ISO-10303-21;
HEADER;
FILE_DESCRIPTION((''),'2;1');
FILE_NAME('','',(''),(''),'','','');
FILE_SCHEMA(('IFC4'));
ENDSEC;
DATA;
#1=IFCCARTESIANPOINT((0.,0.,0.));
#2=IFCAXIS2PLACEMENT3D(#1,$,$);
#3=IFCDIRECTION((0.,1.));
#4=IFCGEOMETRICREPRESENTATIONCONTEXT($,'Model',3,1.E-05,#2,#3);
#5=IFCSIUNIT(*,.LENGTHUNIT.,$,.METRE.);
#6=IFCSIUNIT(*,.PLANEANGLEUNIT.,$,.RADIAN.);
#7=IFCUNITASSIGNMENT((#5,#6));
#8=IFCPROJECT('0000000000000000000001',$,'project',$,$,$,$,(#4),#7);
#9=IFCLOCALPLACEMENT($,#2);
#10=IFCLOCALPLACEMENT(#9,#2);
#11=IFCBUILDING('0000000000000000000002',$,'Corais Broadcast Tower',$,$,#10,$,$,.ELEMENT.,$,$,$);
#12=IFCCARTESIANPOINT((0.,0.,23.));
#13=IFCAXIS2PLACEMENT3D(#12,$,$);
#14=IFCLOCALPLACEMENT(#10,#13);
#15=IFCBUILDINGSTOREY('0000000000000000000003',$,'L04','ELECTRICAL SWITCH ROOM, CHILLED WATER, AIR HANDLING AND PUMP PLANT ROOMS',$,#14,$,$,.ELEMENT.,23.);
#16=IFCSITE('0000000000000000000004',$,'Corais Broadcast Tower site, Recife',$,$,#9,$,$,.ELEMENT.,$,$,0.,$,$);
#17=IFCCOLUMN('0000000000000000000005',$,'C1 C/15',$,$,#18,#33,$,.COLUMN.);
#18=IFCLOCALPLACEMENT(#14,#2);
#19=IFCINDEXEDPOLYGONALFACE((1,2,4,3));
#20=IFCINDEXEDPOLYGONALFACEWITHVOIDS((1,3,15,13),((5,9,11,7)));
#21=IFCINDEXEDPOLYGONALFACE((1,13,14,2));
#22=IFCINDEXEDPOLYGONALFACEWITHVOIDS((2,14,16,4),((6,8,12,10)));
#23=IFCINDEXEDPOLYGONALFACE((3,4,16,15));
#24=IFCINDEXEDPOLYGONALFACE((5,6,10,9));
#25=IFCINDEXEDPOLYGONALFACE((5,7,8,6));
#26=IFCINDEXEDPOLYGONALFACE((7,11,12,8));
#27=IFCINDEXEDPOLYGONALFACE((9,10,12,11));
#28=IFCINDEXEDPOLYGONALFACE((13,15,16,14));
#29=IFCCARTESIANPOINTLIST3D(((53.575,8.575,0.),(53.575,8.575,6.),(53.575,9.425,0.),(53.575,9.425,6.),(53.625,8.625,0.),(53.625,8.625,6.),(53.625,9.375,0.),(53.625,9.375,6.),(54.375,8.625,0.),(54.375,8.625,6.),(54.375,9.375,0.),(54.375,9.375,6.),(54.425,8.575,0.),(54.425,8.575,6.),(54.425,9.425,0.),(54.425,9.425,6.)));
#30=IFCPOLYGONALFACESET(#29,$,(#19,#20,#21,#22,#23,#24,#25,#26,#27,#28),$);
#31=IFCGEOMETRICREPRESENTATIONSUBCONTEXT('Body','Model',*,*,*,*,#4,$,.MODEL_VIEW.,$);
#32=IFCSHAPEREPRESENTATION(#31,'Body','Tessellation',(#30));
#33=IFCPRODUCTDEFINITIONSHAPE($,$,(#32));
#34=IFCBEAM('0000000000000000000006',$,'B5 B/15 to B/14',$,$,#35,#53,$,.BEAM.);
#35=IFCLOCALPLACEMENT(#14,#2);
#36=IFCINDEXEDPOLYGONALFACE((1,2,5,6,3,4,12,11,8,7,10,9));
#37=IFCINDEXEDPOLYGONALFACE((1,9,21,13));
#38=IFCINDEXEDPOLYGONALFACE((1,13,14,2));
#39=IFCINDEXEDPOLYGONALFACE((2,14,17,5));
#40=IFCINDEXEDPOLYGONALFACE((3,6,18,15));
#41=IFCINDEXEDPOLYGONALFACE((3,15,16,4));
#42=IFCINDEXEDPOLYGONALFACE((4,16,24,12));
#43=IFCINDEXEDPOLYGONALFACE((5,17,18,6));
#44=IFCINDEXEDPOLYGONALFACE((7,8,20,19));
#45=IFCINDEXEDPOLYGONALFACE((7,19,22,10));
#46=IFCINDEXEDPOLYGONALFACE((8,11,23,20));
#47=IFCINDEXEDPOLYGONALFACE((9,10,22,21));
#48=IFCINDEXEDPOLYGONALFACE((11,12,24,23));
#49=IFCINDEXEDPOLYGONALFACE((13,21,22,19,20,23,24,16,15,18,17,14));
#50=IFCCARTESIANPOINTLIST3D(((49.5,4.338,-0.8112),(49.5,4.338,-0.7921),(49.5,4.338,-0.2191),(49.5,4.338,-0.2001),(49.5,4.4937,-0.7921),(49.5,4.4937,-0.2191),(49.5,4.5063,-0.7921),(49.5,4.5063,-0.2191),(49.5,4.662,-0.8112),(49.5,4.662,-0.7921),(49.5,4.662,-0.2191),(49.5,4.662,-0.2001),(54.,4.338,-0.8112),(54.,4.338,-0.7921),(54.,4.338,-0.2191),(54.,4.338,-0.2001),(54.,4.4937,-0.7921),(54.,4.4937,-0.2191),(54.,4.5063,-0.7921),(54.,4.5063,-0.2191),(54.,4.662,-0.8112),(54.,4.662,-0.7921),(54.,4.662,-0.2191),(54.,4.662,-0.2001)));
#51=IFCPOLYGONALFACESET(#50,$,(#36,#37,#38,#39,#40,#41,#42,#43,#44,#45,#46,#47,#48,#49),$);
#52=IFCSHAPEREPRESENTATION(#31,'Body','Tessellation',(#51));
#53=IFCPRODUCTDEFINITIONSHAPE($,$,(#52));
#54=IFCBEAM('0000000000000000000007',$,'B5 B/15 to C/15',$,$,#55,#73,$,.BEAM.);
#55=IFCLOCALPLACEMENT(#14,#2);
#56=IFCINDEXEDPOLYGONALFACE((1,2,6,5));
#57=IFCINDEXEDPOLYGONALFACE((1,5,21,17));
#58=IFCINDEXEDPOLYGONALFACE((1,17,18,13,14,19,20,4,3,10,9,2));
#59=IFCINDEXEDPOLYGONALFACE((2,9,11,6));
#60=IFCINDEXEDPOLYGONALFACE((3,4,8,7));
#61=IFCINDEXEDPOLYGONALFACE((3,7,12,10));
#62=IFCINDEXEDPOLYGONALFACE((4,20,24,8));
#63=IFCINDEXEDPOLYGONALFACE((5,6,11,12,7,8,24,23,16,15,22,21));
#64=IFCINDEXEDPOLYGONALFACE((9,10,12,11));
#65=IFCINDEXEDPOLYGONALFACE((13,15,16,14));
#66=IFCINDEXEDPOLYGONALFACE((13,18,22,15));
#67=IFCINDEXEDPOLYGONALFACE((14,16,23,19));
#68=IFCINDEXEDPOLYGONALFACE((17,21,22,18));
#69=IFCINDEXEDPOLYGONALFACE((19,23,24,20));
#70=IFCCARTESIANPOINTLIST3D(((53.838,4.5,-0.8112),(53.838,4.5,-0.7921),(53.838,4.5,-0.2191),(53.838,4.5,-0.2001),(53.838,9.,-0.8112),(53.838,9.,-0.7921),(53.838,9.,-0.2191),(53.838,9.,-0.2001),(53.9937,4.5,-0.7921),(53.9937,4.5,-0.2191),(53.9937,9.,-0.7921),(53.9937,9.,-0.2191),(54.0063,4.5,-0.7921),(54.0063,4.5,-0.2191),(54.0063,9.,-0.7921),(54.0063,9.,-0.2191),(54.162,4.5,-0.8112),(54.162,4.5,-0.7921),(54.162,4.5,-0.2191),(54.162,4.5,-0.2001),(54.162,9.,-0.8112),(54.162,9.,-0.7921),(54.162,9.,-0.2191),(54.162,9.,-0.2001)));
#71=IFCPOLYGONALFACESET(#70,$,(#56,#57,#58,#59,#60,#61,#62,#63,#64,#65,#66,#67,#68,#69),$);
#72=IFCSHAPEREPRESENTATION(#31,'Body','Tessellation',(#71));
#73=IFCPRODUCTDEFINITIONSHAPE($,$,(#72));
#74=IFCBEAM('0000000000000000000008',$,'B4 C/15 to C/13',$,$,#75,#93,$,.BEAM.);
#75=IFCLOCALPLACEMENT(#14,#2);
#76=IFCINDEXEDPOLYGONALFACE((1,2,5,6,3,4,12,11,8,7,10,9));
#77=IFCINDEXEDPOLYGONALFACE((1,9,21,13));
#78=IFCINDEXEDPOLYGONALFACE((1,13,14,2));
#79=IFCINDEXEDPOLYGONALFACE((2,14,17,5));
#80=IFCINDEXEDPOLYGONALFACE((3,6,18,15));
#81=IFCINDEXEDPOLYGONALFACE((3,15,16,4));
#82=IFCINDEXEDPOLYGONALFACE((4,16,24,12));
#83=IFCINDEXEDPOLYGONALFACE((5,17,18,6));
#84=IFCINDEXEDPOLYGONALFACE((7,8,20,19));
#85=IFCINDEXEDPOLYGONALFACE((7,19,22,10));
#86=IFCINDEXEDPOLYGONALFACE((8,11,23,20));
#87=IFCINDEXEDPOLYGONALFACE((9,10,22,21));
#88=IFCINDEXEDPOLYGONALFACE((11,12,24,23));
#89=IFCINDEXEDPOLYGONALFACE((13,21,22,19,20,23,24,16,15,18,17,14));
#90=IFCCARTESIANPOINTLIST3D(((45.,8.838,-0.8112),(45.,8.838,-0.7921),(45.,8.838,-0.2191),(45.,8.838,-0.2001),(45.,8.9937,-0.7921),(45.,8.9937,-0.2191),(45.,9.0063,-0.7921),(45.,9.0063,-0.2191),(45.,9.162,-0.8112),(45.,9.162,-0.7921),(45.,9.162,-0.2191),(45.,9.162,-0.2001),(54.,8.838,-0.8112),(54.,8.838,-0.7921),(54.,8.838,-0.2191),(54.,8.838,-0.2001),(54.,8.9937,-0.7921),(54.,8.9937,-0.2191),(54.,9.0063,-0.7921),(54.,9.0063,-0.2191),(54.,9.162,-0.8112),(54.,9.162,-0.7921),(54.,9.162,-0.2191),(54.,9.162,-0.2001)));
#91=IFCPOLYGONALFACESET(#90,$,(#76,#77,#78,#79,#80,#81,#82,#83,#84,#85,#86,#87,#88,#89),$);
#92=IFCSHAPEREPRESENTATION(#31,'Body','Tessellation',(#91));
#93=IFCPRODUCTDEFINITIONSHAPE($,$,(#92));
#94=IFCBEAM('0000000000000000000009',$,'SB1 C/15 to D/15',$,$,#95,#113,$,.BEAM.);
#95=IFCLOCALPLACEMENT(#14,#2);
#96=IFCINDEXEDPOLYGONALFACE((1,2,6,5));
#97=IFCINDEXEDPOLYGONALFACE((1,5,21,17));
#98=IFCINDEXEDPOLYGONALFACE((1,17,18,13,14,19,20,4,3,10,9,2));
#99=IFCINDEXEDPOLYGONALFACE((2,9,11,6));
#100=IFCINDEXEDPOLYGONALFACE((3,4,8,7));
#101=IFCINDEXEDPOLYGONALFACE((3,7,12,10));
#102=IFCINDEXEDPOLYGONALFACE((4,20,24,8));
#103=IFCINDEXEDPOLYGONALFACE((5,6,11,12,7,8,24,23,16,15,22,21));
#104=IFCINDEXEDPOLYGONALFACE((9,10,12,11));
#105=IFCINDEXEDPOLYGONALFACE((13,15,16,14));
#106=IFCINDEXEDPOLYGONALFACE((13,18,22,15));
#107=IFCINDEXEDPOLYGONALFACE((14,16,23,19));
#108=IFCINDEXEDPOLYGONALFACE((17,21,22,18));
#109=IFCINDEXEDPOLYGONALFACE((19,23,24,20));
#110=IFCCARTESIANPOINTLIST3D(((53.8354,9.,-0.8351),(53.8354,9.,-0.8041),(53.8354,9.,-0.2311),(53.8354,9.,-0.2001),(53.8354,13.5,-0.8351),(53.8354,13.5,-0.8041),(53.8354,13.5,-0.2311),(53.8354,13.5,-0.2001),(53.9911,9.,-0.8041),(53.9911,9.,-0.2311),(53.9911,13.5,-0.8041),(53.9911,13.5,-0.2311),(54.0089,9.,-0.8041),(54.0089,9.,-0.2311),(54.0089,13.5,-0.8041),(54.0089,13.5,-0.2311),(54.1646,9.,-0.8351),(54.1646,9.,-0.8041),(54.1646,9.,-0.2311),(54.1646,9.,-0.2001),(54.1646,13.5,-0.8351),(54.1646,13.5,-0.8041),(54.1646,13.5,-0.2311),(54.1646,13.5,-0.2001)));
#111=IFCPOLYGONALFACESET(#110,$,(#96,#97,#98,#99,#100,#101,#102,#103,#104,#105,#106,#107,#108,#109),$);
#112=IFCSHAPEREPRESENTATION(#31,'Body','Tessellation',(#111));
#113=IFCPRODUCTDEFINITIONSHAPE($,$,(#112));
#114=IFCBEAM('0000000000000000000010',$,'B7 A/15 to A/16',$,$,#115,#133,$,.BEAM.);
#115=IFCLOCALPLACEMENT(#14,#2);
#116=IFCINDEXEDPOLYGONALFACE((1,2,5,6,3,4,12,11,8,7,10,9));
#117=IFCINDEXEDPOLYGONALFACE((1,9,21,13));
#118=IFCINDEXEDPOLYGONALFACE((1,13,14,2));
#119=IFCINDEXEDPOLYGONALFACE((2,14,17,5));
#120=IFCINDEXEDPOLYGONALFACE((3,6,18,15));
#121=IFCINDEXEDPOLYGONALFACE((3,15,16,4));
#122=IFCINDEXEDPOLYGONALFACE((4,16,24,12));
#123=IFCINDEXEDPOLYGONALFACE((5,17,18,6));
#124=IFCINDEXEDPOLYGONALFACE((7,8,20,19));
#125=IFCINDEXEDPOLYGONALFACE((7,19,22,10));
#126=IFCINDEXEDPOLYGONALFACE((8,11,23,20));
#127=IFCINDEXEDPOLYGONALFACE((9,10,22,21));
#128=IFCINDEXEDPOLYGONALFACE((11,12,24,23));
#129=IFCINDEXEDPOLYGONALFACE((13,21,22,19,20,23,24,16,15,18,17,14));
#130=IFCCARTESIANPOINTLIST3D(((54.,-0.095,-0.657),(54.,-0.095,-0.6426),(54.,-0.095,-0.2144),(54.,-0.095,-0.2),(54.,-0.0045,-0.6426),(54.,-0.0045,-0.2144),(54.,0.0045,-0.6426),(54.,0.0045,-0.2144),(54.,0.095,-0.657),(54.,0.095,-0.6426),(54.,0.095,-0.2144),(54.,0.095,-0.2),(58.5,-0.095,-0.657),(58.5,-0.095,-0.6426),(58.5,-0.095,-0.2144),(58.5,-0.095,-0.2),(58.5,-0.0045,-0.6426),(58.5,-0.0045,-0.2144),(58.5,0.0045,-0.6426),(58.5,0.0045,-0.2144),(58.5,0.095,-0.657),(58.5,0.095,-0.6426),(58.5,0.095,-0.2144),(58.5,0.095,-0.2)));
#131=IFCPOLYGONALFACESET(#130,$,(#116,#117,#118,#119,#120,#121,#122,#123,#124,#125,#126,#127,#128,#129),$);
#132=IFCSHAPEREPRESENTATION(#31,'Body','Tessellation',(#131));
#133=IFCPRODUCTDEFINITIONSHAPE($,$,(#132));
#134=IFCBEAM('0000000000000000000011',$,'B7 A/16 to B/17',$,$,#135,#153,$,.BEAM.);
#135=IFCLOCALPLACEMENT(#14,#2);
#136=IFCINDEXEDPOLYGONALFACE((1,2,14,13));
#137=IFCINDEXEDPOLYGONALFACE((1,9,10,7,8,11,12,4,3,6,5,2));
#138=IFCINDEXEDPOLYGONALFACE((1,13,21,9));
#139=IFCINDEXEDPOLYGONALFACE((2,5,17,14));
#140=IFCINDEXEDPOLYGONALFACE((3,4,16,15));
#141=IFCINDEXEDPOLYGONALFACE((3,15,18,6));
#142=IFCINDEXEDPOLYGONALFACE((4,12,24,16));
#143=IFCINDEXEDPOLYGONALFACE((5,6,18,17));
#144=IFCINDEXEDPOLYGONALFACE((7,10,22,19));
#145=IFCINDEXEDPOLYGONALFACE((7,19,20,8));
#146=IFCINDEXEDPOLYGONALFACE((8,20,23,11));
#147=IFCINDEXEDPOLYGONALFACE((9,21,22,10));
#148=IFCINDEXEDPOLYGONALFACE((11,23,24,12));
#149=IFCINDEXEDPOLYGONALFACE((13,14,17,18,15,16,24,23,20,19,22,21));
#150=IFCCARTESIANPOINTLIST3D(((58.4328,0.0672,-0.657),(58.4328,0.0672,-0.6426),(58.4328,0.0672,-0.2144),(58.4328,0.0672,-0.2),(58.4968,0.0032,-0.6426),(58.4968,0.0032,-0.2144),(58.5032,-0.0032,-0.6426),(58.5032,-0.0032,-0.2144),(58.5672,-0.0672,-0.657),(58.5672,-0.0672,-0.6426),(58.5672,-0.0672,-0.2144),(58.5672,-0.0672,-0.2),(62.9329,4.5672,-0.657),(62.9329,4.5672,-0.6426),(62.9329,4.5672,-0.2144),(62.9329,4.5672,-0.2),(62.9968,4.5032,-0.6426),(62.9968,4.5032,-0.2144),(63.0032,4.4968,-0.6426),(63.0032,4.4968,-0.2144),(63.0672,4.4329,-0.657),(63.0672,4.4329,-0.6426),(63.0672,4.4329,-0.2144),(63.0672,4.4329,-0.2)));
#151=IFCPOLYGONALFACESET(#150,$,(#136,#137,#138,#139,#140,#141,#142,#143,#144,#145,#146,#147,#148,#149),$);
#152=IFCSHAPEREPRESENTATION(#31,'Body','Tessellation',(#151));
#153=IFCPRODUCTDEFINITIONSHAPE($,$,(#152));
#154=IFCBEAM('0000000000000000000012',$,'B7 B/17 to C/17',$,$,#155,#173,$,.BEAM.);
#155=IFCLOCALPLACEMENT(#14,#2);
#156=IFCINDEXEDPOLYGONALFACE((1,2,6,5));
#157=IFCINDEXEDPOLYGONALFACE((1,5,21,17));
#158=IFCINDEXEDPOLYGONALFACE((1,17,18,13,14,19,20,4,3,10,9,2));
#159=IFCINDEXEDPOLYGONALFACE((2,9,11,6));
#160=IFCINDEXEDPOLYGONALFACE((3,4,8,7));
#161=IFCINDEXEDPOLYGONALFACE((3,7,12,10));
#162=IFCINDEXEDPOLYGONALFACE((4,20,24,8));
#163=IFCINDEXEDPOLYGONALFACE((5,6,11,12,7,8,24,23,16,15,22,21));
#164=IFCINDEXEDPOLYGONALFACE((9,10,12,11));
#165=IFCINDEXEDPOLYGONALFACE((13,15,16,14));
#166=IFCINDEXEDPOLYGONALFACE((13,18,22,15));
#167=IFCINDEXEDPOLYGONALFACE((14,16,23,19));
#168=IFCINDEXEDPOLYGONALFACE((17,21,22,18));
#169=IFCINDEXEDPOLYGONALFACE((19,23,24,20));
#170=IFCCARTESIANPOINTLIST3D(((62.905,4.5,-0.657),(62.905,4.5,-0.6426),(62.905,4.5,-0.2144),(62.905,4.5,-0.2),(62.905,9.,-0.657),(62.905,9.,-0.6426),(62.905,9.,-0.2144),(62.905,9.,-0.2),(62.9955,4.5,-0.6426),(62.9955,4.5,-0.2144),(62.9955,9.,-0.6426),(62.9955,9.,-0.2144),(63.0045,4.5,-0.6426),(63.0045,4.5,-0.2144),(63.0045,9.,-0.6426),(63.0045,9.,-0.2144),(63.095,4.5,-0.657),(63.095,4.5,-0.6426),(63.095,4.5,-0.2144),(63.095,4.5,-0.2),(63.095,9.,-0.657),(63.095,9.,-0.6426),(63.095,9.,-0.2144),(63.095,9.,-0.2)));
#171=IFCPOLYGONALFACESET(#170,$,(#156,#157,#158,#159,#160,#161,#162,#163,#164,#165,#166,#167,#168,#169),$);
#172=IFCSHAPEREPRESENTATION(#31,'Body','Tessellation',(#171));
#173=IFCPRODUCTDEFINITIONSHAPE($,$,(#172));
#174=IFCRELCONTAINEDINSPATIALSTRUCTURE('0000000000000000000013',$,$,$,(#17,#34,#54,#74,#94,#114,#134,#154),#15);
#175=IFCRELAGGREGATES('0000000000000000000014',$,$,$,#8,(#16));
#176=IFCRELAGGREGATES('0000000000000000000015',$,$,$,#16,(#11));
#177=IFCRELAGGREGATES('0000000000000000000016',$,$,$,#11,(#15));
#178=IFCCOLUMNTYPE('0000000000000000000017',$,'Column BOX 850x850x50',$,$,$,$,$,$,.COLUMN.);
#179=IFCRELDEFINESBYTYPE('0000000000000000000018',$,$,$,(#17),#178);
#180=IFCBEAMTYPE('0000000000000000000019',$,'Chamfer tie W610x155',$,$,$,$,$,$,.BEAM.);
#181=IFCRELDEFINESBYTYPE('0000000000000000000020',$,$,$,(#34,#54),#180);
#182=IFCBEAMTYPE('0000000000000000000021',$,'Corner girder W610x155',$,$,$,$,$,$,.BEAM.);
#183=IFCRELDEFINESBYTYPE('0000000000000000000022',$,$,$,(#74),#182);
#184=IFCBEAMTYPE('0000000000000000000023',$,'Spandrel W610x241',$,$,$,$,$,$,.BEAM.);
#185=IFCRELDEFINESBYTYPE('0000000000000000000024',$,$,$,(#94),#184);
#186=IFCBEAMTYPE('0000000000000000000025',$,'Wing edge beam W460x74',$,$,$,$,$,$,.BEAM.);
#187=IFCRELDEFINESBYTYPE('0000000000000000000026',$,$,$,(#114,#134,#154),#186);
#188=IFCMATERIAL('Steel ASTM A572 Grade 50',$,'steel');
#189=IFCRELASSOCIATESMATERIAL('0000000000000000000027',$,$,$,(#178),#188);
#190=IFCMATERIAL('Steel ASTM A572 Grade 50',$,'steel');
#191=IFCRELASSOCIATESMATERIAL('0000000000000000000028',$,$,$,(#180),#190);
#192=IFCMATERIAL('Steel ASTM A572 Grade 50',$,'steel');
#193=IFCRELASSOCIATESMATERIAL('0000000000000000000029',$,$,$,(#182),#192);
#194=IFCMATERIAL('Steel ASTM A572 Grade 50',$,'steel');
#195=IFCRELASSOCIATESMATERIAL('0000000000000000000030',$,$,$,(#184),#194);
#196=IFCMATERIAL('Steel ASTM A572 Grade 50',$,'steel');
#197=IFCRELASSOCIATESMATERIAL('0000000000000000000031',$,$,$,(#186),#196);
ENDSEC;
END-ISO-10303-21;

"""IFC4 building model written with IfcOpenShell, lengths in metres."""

from ifc_helpers import new_model, si_unit, direction, frame, origin, origin_2d, place, context, subcontext, project, spatial, hollow_rectangle, i_section, extrude, material, material_profile, profile_set, type_object, element, save


model = new_model("IFC4")

# Units and contexts
model_context = context("Model", 3, precision=1e-05, world=origin(), true_north=direction((0.0, 1.0)))
body_context = subcontext(model_context, "Body", "Model", "MODEL_VIEW")
ifc_project = project(units=[si_unit("LENGTHUNIT", "METRE"), si_unit("PLANEANGLEUNIT", "RADIAN")], contexts=[model_context])

# Site, building, storey
site_placement = place(None, origin())
site = spatial("IfcSite", under=ifc_project, at=site_placement, Name="Corais Broadcast Tower site, Recife", CompositionType="ELEMENT", RefElevation=0.0)
building_placement = place(site_placement, origin())
building = spatial("IfcBuilding", under=site, at=building_placement, Name="Corais Broadcast Tower", CompositionType="ELEMENT")
storey_placement = place(building_placement, frame((0.0, 0.0, 23.0)))
storey = spatial("IfcBuildingStorey", under=building, at=storey_placement, Name="L04", Description="ELECTRICAL SWITCH ROOM, CHILLED WATER, AIR HANDLING AND PUMP PLANT ROOMS", CompositionType="ELEMENT", Elevation=23.0)

# Column
ifc_material_1 = material(Name="Steel ASTM A572 Grade 50", Category="steel")
ifc_material_profile_1 = material_profile(ifc_material_1, hollow_rectangle(XDim=0.8501, YDim=0.8501, WallThickness=0.05, at=origin_2d()), Name="BOX 850x850x50")
ifc_profile_set_1 = profile_set([ifc_material_profile_1], Name="Steel ASTM A572 Grade 50")
column_type = type_object("IfcColumnType", Name="Column BOX 850x850x50", PredefinedType="COLUMN", material=ifc_profile_set_1)
column_placement = place(storey_placement, frame((54.0, 9.0, 0.0), z_axis=(0.0, 0.0, 1.0), x_axis=(1.0, 0.0, 0.0)))
element("IfcColumn", 1, at=column_placement, inside=storey, type_object=column_type, Name="C1 C/15", PredefinedType="COLUMN", context=body_context, shape_type="SweptSolid", body=[
    extrude(hollow_rectangle(XDim=0.8501, YDim=0.8501, WallThickness=0.05, at=origin_2d()), origin(), (0.0, 0.0, 1.0), 6.0),
])

# Beams
ifc_material_2 = material(Name="Steel ASTM A572 Grade 50", Category="steel")
ifc_material_profile_2 = material_profile(ifc_material_2, i_section(OverallWidth=0.324, OverallDepth=0.6111, WebThickness=0.0127, FlangeThickness=0.019, at=origin_2d()), Name="W610x155")
ifc_profile_set_2 = profile_set([ifc_material_profile_2], Name="Steel ASTM A572 Grade 50")
beam_type_1 = type_object("IfcBeamType", Name="Chamfer tie W610x155", PredefinedType="BEAM", material=ifc_profile_set_2)
for number, where, z_axis, x_axis, name in (
    (2, (54.0, 4.5, -0.5056), (-1.0, 0.0, 0.0), (0.0, -1.0, 0.0), "B5 B/15 to B/14"),
    (3, (54.0, 4.5, -0.5056), (0.0, 1.0, 0.0), (-1.0, 0.0, 0.0), "B5 B/15 to C/15"),
):
    element("IfcBeam", number, at=place(storey_placement, frame(where, z_axis=z_axis, x_axis=x_axis)), inside=storey, type_object=beam_type_1, Name=name, PredefinedType="BEAM", context=body_context, shape_type="SweptSolid", body=[
        extrude(i_section(OverallWidth=0.324, OverallDepth=0.6111, WebThickness=0.0127, FlangeThickness=0.019, at=origin_2d()), origin(), (0.0, 0.0, 1.0), 4.5),
    ])
ifc_material_3 = material(Name="Steel ASTM A572 Grade 50", Category="steel")
ifc_material_profile_3 = material_profile(ifc_material_3, i_section(OverallWidth=0.324, OverallDepth=0.6111, WebThickness=0.0127, FlangeThickness=0.019, at=origin_2d()), Name="W610x155")
ifc_profile_set_3 = profile_set([ifc_material_profile_3], Name="Steel ASTM A572 Grade 50")
beam_type_2 = type_object("IfcBeamType", Name="Corner girder W610x155", PredefinedType="BEAM", material=ifc_profile_set_3)
beam_1_placement = place(storey_placement, frame((54.0, 9.0, -0.5056), z_axis=(-1.0, 0.0, 0.0), x_axis=(0.0, -1.0, 0.0)))
element("IfcBeam", 4, at=beam_1_placement, inside=storey, type_object=beam_type_2, Name="B4 C/15 to C/13", PredefinedType="BEAM", context=body_context, shape_type="SweptSolid", body=[
    extrude(i_section(OverallWidth=0.324, OverallDepth=0.6111, WebThickness=0.0127, FlangeThickness=0.019, at=origin_2d()), origin(), (0.0, 0.0, 1.0), 9.0),
])
ifc_material_4 = material(Name="Steel ASTM A572 Grade 50", Category="steel")
ifc_material_profile_4 = material_profile(ifc_material_4, i_section(OverallWidth=0.3291, OverallDepth=0.635, WebThickness=0.0178, FlangeThickness=0.031, at=origin_2d()), Name="W610x241")
ifc_profile_set_4 = profile_set([ifc_material_profile_4], Name="Steel ASTM A572 Grade 50")
beam_type_3 = type_object("IfcBeamType", Name="Spandrel W610x241", PredefinedType="BEAM", material=ifc_profile_set_4)
beam_2_placement = place(storey_placement, frame((54.0, 9.0, -0.5176), z_axis=(0.0, 1.0, 0.0), x_axis=(-1.0, 0.0, 0.0)))
element("IfcBeam", 5, at=beam_2_placement, inside=storey, type_object=beam_type_3, Name="SB1 C/15 to D/15", PredefinedType="BEAM", context=body_context, shape_type="SweptSolid", body=[
    extrude(i_section(OverallWidth=0.3291, OverallDepth=0.635, WebThickness=0.0178, FlangeThickness=0.031, at=origin_2d()), origin(), (0.0, 0.0, 1.0), 4.5),
])
ifc_material_5 = material(Name="Steel ASTM A572 Grade 50", Category="steel")
ifc_material_profile_5 = material_profile(ifc_material_5, i_section(OverallWidth=0.1899, OverallDepth=0.457, WebThickness=0.009, FlangeThickness=0.0144, at=origin_2d()), Name="W460x74")
ifc_profile_set_5 = profile_set([ifc_material_profile_5], Name="Steel ASTM A572 Grade 50")
beam_type_4 = type_object("IfcBeamType", Name="Wing edge beam W460x74", PredefinedType="BEAM", material=ifc_profile_set_5)
beam_3_placement = place(storey_placement, frame((54.0, 0.0, -0.4285), z_axis=(1.0, 0.0, 0.0), x_axis=(0.0, 1.0, 0.0)))
element("IfcBeam", 6, at=beam_3_placement, inside=storey, type_object=beam_type_4, Name="B7 A/15 to A/16", PredefinedType="BEAM", context=body_context, shape_type="SweptSolid", body=[
    extrude(i_section(OverallWidth=0.1899, OverallDepth=0.457, WebThickness=0.009, FlangeThickness=0.0144, at=origin_2d()), origin(), (0.0, 0.0, 1.0), 4.5),
])
beam_4_placement = place(storey_placement, frame((58.5, 0.0, -0.4285), z_axis=(0.707107, 0.707107, 0.0), x_axis=(-0.707107, 0.707107, 0.0)))
element("IfcBeam", 7, at=beam_4_placement, inside=storey, type_object=beam_type_4, Name="B7 A/16 to B/17", PredefinedType="BEAM", context=body_context, shape_type="SweptSolid", body=[
    extrude(i_section(OverallWidth=0.1899, OverallDepth=0.457, WebThickness=0.009, FlangeThickness=0.0144, at=origin_2d()), origin(), (0.0, 0.0, 1.0), 6.364),
])
beam_5_placement = place(storey_placement, frame((63.0, 4.5, -0.4285), z_axis=(0.0, 1.0, 0.0), x_axis=(-1.0, 0.0, 0.0)))
element("IfcBeam", 8, at=beam_5_placement, inside=storey, type_object=beam_type_4, Name="B7 B/17 to C/17", PredefinedType="BEAM", context=body_context, shape_type="SweptSolid", body=[
    extrude(i_section(OverallWidth=0.1899, OverallDepth=0.457, WebThickness=0.009, FlangeThickness=0.0144, at=origin_2d()), origin(), (0.0, 0.0, 1.0), 4.5),
])

save(model, "model.ifc")
